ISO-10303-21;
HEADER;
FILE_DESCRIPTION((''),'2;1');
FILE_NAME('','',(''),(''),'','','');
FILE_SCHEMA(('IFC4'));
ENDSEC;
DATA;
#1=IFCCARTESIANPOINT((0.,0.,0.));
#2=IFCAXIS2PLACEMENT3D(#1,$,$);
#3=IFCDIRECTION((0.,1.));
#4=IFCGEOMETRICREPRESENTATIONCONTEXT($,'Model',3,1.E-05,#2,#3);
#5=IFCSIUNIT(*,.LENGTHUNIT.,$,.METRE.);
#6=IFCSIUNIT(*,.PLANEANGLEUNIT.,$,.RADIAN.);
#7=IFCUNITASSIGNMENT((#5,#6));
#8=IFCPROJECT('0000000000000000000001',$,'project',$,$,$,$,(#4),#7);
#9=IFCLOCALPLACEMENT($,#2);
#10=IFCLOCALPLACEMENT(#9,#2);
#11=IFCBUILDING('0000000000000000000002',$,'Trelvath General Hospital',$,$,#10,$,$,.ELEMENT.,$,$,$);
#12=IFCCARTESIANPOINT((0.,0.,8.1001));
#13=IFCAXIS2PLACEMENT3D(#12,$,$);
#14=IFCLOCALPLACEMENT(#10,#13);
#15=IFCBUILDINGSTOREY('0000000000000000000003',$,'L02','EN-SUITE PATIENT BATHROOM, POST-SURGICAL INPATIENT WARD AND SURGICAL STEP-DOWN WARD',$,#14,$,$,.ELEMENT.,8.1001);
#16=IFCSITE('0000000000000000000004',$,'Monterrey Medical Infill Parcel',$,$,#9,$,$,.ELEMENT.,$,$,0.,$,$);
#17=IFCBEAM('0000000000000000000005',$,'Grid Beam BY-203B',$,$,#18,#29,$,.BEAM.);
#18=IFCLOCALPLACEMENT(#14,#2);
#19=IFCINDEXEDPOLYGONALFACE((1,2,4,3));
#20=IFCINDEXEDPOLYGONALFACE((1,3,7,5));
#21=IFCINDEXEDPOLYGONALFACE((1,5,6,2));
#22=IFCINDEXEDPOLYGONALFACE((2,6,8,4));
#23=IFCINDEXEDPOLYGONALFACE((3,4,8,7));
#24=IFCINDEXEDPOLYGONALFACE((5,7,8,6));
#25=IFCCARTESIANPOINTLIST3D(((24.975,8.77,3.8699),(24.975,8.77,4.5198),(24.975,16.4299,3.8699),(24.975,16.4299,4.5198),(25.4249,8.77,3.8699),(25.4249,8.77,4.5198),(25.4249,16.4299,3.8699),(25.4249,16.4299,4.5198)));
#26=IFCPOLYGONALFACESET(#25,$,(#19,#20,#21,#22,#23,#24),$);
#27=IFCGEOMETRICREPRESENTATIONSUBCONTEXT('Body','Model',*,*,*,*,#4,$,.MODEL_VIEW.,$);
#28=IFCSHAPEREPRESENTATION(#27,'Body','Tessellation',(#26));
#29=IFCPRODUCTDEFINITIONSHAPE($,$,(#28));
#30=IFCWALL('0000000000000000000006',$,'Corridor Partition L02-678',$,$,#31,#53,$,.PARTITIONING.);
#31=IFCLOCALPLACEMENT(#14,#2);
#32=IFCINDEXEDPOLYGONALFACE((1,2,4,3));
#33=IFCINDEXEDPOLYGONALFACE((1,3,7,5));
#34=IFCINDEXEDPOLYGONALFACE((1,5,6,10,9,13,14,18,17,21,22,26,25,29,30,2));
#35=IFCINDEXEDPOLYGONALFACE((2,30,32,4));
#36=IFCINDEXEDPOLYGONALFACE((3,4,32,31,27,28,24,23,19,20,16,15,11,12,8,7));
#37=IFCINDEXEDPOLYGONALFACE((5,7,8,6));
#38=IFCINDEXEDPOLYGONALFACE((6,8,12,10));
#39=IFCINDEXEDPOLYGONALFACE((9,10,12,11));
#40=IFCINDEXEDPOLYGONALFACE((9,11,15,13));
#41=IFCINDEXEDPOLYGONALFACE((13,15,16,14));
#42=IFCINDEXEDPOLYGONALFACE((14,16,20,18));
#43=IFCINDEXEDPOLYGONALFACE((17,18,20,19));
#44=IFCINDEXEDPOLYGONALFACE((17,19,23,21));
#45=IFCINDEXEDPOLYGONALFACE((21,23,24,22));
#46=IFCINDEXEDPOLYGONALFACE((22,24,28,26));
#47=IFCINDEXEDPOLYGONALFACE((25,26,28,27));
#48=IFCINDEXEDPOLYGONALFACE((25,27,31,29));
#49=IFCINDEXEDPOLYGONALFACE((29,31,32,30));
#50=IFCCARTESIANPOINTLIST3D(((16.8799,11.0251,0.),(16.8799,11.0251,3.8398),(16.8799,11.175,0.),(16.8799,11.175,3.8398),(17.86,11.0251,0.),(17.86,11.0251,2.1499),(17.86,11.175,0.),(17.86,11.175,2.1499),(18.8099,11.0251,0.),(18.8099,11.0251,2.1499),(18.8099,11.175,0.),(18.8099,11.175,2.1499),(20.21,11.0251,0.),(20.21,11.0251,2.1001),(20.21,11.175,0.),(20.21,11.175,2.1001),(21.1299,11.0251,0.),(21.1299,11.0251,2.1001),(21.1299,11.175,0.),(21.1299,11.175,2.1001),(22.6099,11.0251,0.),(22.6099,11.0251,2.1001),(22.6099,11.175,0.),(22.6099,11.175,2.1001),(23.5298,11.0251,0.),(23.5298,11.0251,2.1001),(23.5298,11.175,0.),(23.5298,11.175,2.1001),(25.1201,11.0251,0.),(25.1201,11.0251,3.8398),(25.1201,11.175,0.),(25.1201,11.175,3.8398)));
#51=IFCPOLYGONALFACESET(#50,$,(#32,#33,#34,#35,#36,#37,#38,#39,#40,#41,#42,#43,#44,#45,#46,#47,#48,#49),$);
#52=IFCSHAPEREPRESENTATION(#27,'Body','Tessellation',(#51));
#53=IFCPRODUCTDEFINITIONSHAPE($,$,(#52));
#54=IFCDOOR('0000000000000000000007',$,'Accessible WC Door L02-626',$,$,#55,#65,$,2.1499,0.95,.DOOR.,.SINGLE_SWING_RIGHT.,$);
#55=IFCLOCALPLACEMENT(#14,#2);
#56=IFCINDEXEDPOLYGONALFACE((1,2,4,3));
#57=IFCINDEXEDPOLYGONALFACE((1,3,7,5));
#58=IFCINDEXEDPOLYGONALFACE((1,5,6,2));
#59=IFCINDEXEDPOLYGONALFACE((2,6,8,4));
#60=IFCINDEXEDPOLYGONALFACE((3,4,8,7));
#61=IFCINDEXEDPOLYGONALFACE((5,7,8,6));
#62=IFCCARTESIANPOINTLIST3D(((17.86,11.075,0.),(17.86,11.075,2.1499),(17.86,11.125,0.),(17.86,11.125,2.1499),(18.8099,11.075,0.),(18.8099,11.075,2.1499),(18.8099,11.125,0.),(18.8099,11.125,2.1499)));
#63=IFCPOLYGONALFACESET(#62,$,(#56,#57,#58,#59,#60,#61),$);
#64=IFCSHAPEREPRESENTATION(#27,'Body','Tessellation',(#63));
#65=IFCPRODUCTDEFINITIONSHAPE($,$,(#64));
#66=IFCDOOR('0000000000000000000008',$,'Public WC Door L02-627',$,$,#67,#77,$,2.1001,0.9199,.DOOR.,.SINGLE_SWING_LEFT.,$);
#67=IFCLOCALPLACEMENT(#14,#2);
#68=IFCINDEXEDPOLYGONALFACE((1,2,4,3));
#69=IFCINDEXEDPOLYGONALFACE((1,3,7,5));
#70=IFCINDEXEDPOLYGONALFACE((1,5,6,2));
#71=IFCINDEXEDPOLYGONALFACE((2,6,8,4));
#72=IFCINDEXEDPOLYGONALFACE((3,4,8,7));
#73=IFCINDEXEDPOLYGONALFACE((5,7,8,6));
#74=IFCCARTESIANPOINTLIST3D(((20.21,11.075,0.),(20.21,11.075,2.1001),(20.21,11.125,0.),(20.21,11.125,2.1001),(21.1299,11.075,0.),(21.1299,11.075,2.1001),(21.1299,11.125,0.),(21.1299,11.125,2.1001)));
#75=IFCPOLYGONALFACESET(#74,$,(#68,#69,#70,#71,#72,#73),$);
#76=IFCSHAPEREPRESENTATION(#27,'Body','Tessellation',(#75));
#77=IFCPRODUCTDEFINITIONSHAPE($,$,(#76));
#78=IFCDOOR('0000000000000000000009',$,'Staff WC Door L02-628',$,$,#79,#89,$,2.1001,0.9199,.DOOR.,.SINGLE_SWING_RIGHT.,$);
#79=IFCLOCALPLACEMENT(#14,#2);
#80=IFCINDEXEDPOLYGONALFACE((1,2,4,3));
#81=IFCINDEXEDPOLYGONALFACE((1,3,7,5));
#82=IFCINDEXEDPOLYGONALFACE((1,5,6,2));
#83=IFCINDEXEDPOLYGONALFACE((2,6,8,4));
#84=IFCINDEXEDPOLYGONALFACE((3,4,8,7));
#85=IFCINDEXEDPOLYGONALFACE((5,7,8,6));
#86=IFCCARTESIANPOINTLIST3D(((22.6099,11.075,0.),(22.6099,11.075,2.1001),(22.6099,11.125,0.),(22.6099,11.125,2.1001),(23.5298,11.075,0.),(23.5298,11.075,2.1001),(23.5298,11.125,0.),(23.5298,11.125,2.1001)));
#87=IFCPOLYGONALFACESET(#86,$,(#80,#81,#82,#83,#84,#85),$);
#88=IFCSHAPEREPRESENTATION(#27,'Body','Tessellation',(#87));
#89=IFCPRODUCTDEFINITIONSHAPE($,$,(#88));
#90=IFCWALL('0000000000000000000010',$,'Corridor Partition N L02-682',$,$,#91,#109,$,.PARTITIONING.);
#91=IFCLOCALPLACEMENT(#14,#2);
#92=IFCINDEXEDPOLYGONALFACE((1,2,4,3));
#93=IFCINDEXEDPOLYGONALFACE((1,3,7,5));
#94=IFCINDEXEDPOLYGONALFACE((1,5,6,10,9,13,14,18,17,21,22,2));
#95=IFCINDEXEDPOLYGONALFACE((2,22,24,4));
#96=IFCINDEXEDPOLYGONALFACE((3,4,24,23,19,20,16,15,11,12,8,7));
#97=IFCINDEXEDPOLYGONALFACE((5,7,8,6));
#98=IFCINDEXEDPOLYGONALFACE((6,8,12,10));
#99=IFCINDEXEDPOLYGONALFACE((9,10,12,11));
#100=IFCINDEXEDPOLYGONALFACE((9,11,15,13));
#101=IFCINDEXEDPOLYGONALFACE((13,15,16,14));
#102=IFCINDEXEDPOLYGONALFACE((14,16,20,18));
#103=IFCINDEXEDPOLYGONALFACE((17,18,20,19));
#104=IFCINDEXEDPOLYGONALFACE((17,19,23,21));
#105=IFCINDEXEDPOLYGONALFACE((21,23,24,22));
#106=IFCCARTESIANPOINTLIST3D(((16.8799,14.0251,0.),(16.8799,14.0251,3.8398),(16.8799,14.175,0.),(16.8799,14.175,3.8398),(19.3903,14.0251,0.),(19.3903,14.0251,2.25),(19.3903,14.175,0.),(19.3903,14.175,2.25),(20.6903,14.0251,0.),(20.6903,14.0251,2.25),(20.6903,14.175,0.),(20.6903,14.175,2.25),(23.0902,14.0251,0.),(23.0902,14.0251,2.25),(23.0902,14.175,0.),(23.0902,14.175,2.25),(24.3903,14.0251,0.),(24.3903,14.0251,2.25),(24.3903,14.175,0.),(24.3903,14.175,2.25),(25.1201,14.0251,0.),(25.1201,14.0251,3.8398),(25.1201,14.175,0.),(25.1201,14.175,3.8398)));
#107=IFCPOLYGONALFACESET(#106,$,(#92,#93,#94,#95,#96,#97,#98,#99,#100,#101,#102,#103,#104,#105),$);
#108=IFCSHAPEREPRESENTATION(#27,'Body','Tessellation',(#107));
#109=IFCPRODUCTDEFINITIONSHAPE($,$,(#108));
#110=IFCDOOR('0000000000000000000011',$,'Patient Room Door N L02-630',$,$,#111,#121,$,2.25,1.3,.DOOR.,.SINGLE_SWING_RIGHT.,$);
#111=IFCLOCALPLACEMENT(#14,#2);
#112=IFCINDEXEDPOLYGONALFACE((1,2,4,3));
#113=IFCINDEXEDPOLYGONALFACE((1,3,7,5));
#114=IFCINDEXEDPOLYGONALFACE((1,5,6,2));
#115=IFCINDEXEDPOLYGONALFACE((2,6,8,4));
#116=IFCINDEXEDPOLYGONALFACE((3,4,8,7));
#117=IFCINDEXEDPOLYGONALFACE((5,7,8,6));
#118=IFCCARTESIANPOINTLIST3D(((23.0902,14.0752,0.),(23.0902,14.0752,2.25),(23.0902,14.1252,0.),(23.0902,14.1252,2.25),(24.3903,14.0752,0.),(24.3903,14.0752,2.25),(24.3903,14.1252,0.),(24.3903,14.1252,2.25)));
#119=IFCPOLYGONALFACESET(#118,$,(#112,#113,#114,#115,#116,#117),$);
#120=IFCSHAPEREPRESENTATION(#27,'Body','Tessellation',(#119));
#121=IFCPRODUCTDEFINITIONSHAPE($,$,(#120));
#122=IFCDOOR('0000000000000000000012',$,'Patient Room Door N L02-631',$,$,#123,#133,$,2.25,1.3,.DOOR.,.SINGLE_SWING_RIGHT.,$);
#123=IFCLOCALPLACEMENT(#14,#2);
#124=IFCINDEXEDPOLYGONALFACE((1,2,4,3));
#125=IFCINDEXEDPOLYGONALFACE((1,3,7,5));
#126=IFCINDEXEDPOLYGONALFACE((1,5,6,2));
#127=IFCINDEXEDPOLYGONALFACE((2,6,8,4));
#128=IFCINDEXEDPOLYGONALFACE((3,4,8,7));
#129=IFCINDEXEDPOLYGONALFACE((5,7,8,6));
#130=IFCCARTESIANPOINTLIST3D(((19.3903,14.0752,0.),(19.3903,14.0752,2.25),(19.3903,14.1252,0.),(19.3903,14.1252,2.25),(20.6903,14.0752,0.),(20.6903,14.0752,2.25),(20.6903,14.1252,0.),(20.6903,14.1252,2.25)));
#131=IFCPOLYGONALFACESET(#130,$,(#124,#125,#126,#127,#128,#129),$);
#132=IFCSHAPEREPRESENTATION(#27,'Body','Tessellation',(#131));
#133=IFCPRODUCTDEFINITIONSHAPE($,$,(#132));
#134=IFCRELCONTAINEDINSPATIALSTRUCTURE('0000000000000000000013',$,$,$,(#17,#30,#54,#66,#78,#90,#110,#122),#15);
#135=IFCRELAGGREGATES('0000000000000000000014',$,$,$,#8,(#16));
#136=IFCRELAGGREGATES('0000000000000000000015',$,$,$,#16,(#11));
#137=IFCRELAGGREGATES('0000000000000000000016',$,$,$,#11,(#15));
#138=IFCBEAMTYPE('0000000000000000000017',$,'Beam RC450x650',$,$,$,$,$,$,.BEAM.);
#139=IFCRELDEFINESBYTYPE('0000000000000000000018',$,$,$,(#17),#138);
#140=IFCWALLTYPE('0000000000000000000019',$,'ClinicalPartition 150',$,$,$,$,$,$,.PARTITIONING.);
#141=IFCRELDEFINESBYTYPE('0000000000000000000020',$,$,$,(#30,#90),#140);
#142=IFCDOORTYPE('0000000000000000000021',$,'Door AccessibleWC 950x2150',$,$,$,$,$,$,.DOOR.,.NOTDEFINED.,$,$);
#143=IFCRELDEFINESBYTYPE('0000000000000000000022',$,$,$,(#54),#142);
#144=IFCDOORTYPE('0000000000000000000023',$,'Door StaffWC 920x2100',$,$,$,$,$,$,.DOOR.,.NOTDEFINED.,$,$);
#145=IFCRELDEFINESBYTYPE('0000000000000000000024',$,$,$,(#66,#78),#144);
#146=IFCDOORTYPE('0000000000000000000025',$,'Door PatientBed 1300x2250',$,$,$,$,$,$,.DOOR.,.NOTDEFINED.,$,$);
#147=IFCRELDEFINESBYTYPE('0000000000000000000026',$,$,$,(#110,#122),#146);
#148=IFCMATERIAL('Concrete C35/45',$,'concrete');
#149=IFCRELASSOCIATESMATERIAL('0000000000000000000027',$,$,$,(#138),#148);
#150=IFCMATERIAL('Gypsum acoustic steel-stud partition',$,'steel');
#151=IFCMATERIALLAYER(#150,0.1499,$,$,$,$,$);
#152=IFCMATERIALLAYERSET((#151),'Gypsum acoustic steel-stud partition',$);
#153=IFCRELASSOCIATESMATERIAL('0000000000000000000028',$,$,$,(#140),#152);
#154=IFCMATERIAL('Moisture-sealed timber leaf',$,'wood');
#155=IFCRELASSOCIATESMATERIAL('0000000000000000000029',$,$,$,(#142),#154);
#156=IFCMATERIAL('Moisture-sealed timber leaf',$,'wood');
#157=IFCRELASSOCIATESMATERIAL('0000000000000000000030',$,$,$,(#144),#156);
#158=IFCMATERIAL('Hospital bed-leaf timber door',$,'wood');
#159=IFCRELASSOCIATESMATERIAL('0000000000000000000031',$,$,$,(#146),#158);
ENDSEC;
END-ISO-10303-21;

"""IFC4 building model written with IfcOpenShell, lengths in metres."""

from ifc_helpers import new_model, si_unit, direction, frame, frame_2d, origin, origin_2d, place, context, subcontext, project, spatial, rectangle, extrude, material, layer, layer_set, material_profile, profile_set, type_object, element, fill, save


model = new_model("IFC4")

# Units and contexts
model_context = context("Model", 3, precision=1e-05, world=origin(), true_north=direction((0.0, 1.0)))
body_context = subcontext(model_context, "Body", "Model", "MODEL_VIEW")
ifc_project = project(units=[si_unit("LENGTHUNIT", "METRE"), si_unit("PLANEANGLEUNIT", "RADIAN")], contexts=[model_context])

# Site, building, storey
site_placement = place(None, origin())
site = spatial("IfcSite", under=ifc_project, at=site_placement, Name="Monterrey Medical Infill Parcel", CompositionType="ELEMENT", RefElevation=0.0)
building_placement = place(site_placement, origin())
building = spatial("IfcBuilding", under=site, at=building_placement, Name="Trelvath General Hospital", CompositionType="ELEMENT")
storey_placement = place(building_placement, frame((0.0, 0.0, 8.1001)))
storey = spatial("IfcBuildingStorey", under=building, at=storey_placement, Name="L02", Description="EN-SUITE PATIENT BATHROOM, POST-SURGICAL INPATIENT WARD AND SURGICAL STEP-DOWN WARD", CompositionType="ELEMENT", Elevation=8.1001)

# Beam
ifc_material_1 = material(Name="Concrete C35/45", Category="concrete")
ifc_material_profile = material_profile(ifc_material_1, rectangle(XDim=0.45, YDim=0.6499, at=origin_2d()), Name="RCB450x650")
ifc_profile_set = profile_set([ifc_material_profile], Name="Concrete C35/45")
beam_type = type_object("IfcBeamType", Name="Beam RC450x650", PredefinedType="BEAM", material=ifc_profile_set)
beam_placement = place(storey_placement, frame((25.2, 8.77, 4.1948), z_axis=(0.0, 1.0, 0.0), x_axis=(-1.0, 0.0, 0.0)))
element("IfcBeam", 1, at=beam_placement, inside=storey, type_object=beam_type, Name="Grid Beam BY-203B", PredefinedType="BEAM", context=body_context, shape_type="SweptSolid", body=[
    extrude(rectangle(XDim=0.45, YDim=0.6499, at=origin_2d()), origin(), (0.0, 0.0, 1.0), 7.6599),
])

# Walls, openings, doors
ifc_material_2 = material(Name="Gypsum acoustic steel-stud partition", Category="steel")
ifc_layer_1 = layer(ifc_material_2, 0.1499)
ifc_layer_set_1 = layer_set([ifc_layer_1], Name="Gypsum acoustic steel-stud partition")
wall_type_1 = type_object("IfcWallType", Name="ClinicalPartition 150", PredefinedType="PARTITIONING", material=ifc_layer_set_1)
wall_1_placement = place(storey_placement, frame((16.8799, 11.1001, 0.0), z_axis=(0.0, 0.0, 1.0), x_axis=(1.0, 0.0, 0.0)))
wall_1 = element("IfcWall", 2, at=wall_1_placement, inside=storey, type_object=wall_type_1, Name="Corridor Partition L02-678", PredefinedType="PARTITIONING", context=body_context, shape_type="SweptSolid", body=[
    extrude(rectangle(XDim=8.2402, YDim=0.1499, at=frame_2d((4.1201, 0.0))), origin(), (0.0, 0.0, 1.0), 3.8398),
])
opening_1_placement = place(wall_1_placement, frame((0.98, 0.0, 0.0)))
opening_1 = element("IfcOpeningElement", 3, at=opening_1_placement, cuts=wall_1, PredefinedType="OPENING", context=body_context, shape_type="SweptSolid", body=[
    extrude(rectangle(XDim=0.95, YDim=2.1499, at=frame_2d((0.4751, 1.075))), frame((0.0, 0.085, 0.0), z_axis=(0.0, -1.0, 0.0), x_axis=(1.0, 0.0, 0.0)), (0.0, 0.0, 1.0), 0.1699),
])
opening_2_placement = place(wall_1_placement, frame((3.3301, 0.0, 0.0)))
opening_2 = element("IfcOpeningElement", 4, at=opening_2_placement, cuts=wall_1, PredefinedType="OPENING", context=body_context, shape_type="SweptSolid", body=[
    extrude(rectangle(XDim=0.9199, YDim=2.1001, at=frame_2d((0.46, 1.05))), frame((0.0, 0.085, 0.0), z_axis=(0.0, -1.0, 0.0), x_axis=(1.0, 0.0, 0.0)), (0.0, 0.0, 1.0), 0.1699),
])
opening_3_placement = place(wall_1_placement, frame((5.73, 0.0, 0.0)))
opening_3 = element("IfcOpeningElement", 5, at=opening_3_placement, cuts=wall_1, PredefinedType="OPENING", context=body_context, shape_type="SweptSolid", body=[
    extrude(rectangle(XDim=0.9199, YDim=2.1001, at=frame_2d((0.46, 1.05))), frame((0.0, 0.085, 0.0), z_axis=(0.0, -1.0, 0.0), x_axis=(1.0, 0.0, 0.0)), (0.0, 0.0, 1.0), 0.1699),
])
ifc_material_3 = material(Name="Moisture-sealed timber leaf", Category="wood")
door_type_1 = type_object("IfcDoorType", Name="Door AccessibleWC 950x2150", OperationType="NOTDEFINED", PredefinedType="DOOR", material=ifc_material_3)
door_1_placement = place(opening_1_placement, origin())
door_1 = element("IfcDoor", 6, at=door_1_placement, inside=storey, type_object=door_type_1, Name="Accessible WC Door L02-626", OperationType="SINGLE_SWING_RIGHT", OverallHeight=2.1499, OverallWidth=0.95, PredefinedType="DOOR", context=body_context, shape_type="SweptSolid", body=[
    extrude(rectangle(XDim=0.95, YDim=2.1499, at=frame_2d((0.4751, 1.075))), frame((0.0, 0.0249, 0.0), z_axis=(0.0, -1.0, 0.0), x_axis=(1.0, 0.0, 0.0)), (0.0, 0.0, 1.0), 0.05),
])
fill(opening_1, door_1)
ifc_material_4 = material(Name="Moisture-sealed timber leaf", Category="wood")
door_type_2 = type_object("IfcDoorType", Name="Door StaffWC 920x2100", OperationType="NOTDEFINED", PredefinedType="DOOR", material=ifc_material_4)
door_2_placement = place(opening_2_placement, origin())
door_2 = element("IfcDoor", 7, at=door_2_placement, inside=storey, type_object=door_type_2, Name="Public WC Door L02-627", OperationType="SINGLE_SWING_LEFT", OverallHeight=2.1001, OverallWidth=0.9199, PredefinedType="DOOR", context=body_context, shape_type="SweptSolid", body=[
    extrude(rectangle(XDim=0.9199, YDim=2.1001, at=frame_2d((0.46, 1.05))), frame((0.0, 0.0249, 0.0), z_axis=(0.0, -1.0, 0.0), x_axis=(1.0, 0.0, 0.0)), (0.0, 0.0, 1.0), 0.05),
])
fill(opening_2, door_2)
door_3_placement = place(opening_3_placement, origin())
door_3 = element("IfcDoor", 8, at=door_3_placement, inside=storey, type_object=door_type_2, Name="Staff WC Door L02-628", OperationType="SINGLE_SWING_RIGHT", OverallHeight=2.1001, OverallWidth=0.9199, PredefinedType="DOOR", context=body_context, shape_type="SweptSolid", body=[
    extrude(rectangle(XDim=0.9199, YDim=2.1001, at=frame_2d((0.46, 1.05))), frame((0.0, 0.0249, 0.0), z_axis=(0.0, -1.0, 0.0), x_axis=(1.0, 0.0, 0.0)), (0.0, 0.0, 1.0), 0.05),
])
fill(opening_3, door_3)
wall_2_placement = place(storey_placement, frame((25.1201, 14.1001, 0.0), z_axis=(0.0, 0.0, 1.0), x_axis=(-1.0, 0.0, 0.0)))
wall_2 = element("IfcWall", 9, at=wall_2_placement, inside=storey, type_object=wall_type_1, Name="Corridor Partition N L02-682", PredefinedType="PARTITIONING", context=body_context, shape_type="SweptSolid", body=[
    extrude(rectangle(XDim=8.2402, YDim=0.1499, at=frame_2d((4.1201, 0.0))), origin(), (0.0, 0.0, 1.0), 3.8398),
])
opening_4_placement = place(wall_2_placement, frame((0.73, 0.0, 0.0)))
opening_4 = element("IfcOpeningElement", 10, at=opening_4_placement, cuts=wall_2, PredefinedType="OPENING", context=body_context, shape_type="SweptSolid", body=[
    extrude(rectangle(XDim=1.3, YDim=2.25, at=frame_2d((0.6499, 1.125))), frame((0.0, 0.085, 0.0), z_axis=(0.0, -1.0, 0.0), x_axis=(1.0, 0.0, 0.0)), (0.0, 0.0, 1.0), 0.1699),
])
opening_5_placement = place(wall_2_placement, frame((4.4299, 0.0, 0.0)))
opening_5 = element("IfcOpeningElement", 11, at=opening_5_placement, cuts=wall_2, PredefinedType="OPENING", context=body_context, shape_type="SweptSolid", body=[
    extrude(rectangle(XDim=1.3, YDim=2.25, at=frame_2d((0.6499, 1.125))), frame((0.0, 0.085, 0.0), z_axis=(0.0, -1.0, 0.0), x_axis=(1.0, 0.0, 0.0)), (0.0, 0.0, 1.0), 0.1699),
])
ifc_material_5 = material(Name="Hospital bed-leaf timber door", Category="wood")
door_type_3 = type_object("IfcDoorType", Name="Door PatientBed 1300x2250", OperationType="NOTDEFINED", PredefinedType="DOOR", material=ifc_material_5)
door_4_placement = place(opening_4_placement, origin())
door_4 = element("IfcDoor", 12, at=door_4_placement, inside=storey, type_object=door_type_3, Name="Patient Room Door N L02-630", OperationType="SINGLE_SWING_RIGHT", OverallHeight=2.25, OverallWidth=1.3, PredefinedType="DOOR", context=body_context, shape_type="SweptSolid", body=[
    extrude(rectangle(XDim=1.3, YDim=2.25, at=frame_2d((0.6499, 1.125))), frame((0.0, 0.0249, 0.0), z_axis=(0.0, -1.0, 0.0), x_axis=(1.0, 0.0, 0.0)), (0.0, 0.0, 1.0), 0.05),
])
fill(opening_4, door_4)
door_5_placement = place(opening_5_placement, origin())
door_5 = element("IfcDoor", 13, at=door_5_placement, inside=storey, type_object=door_type_3, Name="Patient Room Door N L02-631", OperationType="SINGLE_SWING_RIGHT", OverallHeight=2.25, OverallWidth=1.3, PredefinedType="DOOR", context=body_context, shape_type="SweptSolid", body=[
    extrude(rectangle(XDim=1.3, YDim=2.25, at=frame_2d((0.6499, 1.125))), frame((0.0, 0.0249, 0.0), z_axis=(0.0, -1.0, 0.0), x_axis=(1.0, 0.0, 0.0)), (0.0, 0.0, 1.0), 0.05),
])
fill(opening_5, door_5)

save(model, "model.ifc")
